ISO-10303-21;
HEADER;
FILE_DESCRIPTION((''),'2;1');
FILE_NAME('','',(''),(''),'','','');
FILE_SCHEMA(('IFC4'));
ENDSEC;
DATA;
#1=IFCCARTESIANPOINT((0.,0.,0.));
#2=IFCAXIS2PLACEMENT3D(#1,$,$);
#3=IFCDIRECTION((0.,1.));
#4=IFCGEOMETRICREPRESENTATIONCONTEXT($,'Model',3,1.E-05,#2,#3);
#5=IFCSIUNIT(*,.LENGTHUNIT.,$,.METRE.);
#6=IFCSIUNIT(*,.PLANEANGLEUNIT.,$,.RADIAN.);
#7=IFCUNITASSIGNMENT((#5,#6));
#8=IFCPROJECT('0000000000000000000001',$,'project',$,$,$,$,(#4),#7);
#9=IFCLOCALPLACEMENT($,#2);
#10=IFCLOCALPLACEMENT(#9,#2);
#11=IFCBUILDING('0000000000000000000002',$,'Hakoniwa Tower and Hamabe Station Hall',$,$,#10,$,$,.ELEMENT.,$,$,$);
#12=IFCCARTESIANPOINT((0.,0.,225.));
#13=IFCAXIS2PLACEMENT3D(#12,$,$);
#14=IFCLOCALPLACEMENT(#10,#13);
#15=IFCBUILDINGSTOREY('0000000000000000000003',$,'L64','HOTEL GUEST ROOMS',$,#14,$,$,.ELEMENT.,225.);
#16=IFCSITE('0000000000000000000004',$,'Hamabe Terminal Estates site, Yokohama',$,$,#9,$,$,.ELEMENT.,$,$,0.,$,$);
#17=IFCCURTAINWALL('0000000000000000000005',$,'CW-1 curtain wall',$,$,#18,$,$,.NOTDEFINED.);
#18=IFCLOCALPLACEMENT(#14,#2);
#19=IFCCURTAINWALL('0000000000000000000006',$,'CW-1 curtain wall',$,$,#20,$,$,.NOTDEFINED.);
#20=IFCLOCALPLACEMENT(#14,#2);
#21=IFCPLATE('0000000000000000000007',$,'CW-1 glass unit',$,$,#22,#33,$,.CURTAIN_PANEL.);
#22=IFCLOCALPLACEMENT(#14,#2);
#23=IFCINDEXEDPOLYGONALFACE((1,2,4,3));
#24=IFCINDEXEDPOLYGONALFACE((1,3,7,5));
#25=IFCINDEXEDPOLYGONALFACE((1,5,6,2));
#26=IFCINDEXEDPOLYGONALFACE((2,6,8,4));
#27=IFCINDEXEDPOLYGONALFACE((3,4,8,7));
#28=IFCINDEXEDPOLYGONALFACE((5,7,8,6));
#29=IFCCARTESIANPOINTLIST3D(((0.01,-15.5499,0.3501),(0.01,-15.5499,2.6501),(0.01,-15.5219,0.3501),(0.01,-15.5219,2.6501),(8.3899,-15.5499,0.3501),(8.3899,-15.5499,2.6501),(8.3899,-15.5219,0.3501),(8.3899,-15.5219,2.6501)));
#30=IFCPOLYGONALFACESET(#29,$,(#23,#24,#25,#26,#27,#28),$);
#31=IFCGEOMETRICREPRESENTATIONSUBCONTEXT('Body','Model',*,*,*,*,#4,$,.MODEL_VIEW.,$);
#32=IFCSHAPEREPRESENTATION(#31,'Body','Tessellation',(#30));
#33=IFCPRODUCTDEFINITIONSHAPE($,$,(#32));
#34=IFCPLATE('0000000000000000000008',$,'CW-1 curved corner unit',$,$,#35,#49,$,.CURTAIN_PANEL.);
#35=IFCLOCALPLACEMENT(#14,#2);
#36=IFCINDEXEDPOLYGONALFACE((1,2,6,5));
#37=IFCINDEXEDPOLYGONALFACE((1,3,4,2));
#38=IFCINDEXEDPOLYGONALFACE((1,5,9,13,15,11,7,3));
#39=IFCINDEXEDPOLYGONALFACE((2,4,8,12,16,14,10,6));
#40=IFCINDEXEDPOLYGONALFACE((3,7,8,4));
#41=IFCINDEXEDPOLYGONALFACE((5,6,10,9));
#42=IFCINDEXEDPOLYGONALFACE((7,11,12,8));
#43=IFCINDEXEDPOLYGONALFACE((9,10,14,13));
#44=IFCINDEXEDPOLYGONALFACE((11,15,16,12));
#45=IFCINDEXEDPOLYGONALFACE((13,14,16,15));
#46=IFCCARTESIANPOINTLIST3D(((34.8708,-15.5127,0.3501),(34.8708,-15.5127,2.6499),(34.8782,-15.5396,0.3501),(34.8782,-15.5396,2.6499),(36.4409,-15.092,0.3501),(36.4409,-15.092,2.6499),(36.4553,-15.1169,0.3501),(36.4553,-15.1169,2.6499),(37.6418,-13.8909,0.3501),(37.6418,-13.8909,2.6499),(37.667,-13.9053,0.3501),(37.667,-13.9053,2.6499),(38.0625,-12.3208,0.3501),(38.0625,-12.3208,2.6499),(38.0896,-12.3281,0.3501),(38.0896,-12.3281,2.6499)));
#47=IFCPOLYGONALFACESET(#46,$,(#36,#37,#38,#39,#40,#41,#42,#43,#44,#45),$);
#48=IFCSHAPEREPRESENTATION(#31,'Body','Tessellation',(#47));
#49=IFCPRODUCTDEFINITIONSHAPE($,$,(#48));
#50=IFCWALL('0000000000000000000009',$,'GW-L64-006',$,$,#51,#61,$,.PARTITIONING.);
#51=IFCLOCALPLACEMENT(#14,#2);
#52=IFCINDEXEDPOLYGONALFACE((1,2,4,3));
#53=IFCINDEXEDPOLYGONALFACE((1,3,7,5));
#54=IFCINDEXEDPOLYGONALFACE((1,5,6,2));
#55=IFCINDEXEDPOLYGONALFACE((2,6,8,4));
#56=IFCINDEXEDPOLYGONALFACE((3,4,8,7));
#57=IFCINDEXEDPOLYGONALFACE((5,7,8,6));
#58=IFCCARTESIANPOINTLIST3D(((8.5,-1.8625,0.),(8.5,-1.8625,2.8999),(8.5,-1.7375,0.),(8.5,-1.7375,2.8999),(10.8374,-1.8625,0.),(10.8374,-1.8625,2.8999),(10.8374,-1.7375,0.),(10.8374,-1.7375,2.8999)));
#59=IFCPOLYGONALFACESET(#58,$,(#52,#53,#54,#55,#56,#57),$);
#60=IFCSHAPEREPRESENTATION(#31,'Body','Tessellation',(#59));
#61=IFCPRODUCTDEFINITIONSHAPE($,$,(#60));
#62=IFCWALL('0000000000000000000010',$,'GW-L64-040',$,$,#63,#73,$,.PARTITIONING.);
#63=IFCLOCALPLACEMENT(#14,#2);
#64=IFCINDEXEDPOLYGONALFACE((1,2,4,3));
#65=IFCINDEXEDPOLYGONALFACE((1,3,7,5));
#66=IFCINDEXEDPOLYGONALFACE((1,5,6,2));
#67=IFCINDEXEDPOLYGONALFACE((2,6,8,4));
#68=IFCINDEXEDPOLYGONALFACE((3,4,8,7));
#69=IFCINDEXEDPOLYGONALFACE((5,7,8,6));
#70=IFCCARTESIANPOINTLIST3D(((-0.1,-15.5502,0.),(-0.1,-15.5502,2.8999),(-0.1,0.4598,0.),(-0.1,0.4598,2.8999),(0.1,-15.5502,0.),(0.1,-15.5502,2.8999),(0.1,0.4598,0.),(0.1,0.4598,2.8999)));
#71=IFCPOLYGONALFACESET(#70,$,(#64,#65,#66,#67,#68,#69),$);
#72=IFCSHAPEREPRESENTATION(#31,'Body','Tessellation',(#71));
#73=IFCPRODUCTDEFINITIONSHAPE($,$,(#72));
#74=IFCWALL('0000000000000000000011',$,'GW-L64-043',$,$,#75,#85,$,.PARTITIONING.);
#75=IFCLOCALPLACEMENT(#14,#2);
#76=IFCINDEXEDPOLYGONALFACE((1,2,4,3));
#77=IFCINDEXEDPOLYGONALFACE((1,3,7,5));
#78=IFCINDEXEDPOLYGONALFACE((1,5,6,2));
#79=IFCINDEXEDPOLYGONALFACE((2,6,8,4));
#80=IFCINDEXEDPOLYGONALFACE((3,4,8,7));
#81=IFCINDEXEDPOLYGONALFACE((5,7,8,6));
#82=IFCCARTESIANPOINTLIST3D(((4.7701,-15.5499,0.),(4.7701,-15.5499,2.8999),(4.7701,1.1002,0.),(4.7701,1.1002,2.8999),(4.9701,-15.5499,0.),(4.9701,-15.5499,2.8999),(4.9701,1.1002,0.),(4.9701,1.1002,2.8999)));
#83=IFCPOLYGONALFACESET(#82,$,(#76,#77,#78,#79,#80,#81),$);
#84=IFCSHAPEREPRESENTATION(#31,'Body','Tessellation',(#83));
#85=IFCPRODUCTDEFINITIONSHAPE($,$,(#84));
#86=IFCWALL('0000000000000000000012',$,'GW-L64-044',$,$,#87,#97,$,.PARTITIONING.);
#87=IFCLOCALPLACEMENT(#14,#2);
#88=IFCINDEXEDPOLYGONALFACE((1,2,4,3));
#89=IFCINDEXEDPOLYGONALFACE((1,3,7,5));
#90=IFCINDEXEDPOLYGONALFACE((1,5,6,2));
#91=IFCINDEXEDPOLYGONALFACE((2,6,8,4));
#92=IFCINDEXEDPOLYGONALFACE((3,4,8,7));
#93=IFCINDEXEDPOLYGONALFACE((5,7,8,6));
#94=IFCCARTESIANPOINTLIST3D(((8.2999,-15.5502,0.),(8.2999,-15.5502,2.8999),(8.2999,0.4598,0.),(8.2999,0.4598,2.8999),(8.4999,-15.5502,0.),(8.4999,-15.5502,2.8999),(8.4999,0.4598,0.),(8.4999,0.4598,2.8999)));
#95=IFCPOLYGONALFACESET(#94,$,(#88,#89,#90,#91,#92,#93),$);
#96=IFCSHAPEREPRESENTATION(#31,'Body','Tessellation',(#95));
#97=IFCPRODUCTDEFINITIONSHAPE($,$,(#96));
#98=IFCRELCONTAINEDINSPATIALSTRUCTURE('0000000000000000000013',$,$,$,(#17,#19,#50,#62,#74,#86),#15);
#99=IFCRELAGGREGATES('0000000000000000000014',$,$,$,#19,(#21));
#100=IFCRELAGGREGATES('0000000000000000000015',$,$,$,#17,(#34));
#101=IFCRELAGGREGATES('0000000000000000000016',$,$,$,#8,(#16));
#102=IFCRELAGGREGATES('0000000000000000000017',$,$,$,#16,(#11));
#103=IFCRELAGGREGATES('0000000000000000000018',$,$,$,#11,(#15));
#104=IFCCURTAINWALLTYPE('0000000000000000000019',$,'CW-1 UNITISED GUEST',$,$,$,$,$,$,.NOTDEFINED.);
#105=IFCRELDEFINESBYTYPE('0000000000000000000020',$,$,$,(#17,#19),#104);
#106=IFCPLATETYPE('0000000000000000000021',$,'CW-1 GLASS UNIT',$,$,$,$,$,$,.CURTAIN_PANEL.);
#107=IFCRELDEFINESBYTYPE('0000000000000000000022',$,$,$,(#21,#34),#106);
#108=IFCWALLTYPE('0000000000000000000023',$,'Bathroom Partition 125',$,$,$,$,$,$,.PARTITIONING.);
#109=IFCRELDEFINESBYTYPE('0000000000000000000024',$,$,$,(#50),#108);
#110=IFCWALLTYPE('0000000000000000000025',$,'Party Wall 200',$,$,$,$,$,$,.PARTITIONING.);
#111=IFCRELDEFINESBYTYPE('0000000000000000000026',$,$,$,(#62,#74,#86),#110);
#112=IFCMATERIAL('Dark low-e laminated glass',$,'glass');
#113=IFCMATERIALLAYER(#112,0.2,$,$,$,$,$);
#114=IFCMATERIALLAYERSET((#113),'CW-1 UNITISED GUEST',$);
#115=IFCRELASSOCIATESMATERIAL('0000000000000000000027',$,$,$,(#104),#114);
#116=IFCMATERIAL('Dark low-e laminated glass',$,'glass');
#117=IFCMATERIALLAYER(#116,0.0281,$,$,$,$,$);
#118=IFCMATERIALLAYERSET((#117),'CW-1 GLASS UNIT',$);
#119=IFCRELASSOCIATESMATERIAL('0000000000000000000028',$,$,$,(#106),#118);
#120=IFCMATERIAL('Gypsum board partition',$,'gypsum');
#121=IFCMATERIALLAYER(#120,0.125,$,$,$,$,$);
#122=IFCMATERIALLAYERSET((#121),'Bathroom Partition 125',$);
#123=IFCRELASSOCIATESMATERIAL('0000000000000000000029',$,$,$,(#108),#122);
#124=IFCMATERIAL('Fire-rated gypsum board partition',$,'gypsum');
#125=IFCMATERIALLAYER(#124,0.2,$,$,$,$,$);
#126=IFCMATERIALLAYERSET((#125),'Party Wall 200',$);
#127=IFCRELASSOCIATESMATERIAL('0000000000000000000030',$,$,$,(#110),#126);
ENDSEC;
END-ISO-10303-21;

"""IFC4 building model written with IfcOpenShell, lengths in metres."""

from ifc_helpers import new_model, si_unit, direction, frame, frame_2d, origin, origin_2d, place, context, subcontext, project, spatial, polyline, rectangle, outline, extrude, material, layer, layer_set, type_object, element, aggregate, save


model = new_model("IFC4")

# Units and contexts
model_context = context("Model", 3, precision=1e-05, world=origin(), true_north=direction((0.0, 1.0)))
body_context = subcontext(model_context, "Body", "Model", "MODEL_VIEW")
ifc_project = project(units=[si_unit("LENGTHUNIT", "METRE"), si_unit("PLANEANGLEUNIT", "RADIAN")], contexts=[model_context])

# Site, building, storey
site_placement = place(None, origin())
site = spatial("IfcSite", under=ifc_project, at=site_placement, Name="Hamabe Terminal Estates site, Yokohama", CompositionType="ELEMENT", RefElevation=0.0)
building_placement = place(site_placement, origin())
building = spatial("IfcBuilding", under=site, at=building_placement, Name="Hakoniwa Tower and Hamabe Station Hall", CompositionType="ELEMENT")
storey_placement = place(building_placement, frame((0.0, 0.0, 225.0)))
storey = spatial("IfcBuildingStorey", under=building, at=storey_placement, Name="L64", Description="HOTEL GUEST ROOMS", CompositionType="ELEMENT", Elevation=225.0)

# Curtain wall
ifc_material_1 = material(Name="Dark low-e laminated glass", Category="glass")
ifc_layer_1 = layer(ifc_material_1, 0.2)
ifc_layer_set_1 = layer_set([ifc_layer_1], Name="CW-1 UNITISED GUEST")
curtain_wall_type = type_object("IfcCurtainWallType", Name="CW-1 UNITISED GUEST", PredefinedType="NOTDEFINED", material=ifc_layer_set_1)
curtain_wall_1_placement = place(storey_placement, origin())
curtain_wall_1 = element("IfcCurtainWall", 1, at=curtain_wall_1_placement, inside=storey, type_object=curtain_wall_type, Name="CW-1 curtain wall", PredefinedType="NOTDEFINED")

# Curtain wall
curtain_wall_2_placement = place(storey_placement, origin())
curtain_wall_2 = element("IfcCurtainWall", 2, at=curtain_wall_2_placement, inside=storey, type_object=curtain_wall_type, Name="CW-1 curtain wall", PredefinedType="NOTDEFINED")

# Plates
ifc_material_2 = material(Name="Dark low-e laminated glass", Category="glass")
ifc_layer_2 = layer(ifc_material_2, 0.0281)
ifc_layer_set_2 = layer_set([ifc_layer_2], Name="CW-1 GLASS UNIT")
plate_type = type_object("IfcPlateType", Name="CW-1 GLASS UNIT", PredefinedType="CURTAIN_PANEL", material=ifc_layer_set_2)
plate_1_placement = place(storey_placement, frame((4.2, -15.5359, 0.3501), z_axis=(0.0, 0.0, 1.0), x_axis=(1.0, 0.0, 0.0)))
plate_1 = element("IfcPlate", 3, at=plate_1_placement, type_object=plate_type, Name="CW-1 glass unit", PredefinedType="CURTAIN_PANEL", context=body_context, shape_type="SweptSolid", body=[
    extrude(rectangle(XDim=8.3799, YDim=0.0281, at=origin_2d()), origin(), (0.0, 0.0, 1.0), 2.3),
])
aggregate(curtain_wall_2, [plate_1])
plate_2_placement = place(storey_placement, frame((0.0, 0.0, 0.3501)))
plate_2 = element("IfcPlate", 4, at=plate_2_placement, type_object=plate_type, Name="CW-1 curved corner unit", PredefinedType="CURTAIN_PANEL", context=body_context, shape_type="SweptSolid", body=[
    extrude(outline(polyline([(34.8782, -15.5396), (36.4553, -15.1169), (37.667, -13.9053), (38.0896, -12.3281), (38.0625, -12.3208), (37.6418, -13.8909), (36.4409, -15.092), (34.8708, -15.5127), (34.8782, -15.5396)])), origin(), (0.0, 0.0, 1.0), 2.2998),
])
aggregate(curtain_wall_1, [plate_2])

# Walls
ifc_material_3 = material(Name="Gypsum board partition", Category="gypsum")
ifc_layer_3 = layer(ifc_material_3, 0.125)
ifc_layer_set_3 = layer_set([ifc_layer_3], Name="Bathroom Partition 125")
wall_type_1 = type_object("IfcWallType", Name="Bathroom Partition 125", PredefinedType="PARTITIONING", material=ifc_layer_set_3)
wall_1_placement = place(storey_placement, frame((8.5, -1.8, 0.0), z_axis=(0.0, 0.0, 1.0), x_axis=(1.0, 0.0, 0.0)))
element("IfcWall", 5, at=wall_1_placement, inside=storey, type_object=wall_type_1, Name="GW-L64-006", PredefinedType="PARTITIONING", context=body_context, shape_type="SweptSolid", body=[
    extrude(rectangle(XDim=2.3374, YDim=0.125, at=frame_2d((1.1687, 0.0))), origin(), (0.0, 0.0, 1.0), 2.8999),
])
ifc_material_4 = material(Name="Fire-rated gypsum board partition", Category="gypsum")
ifc_layer_4 = layer(ifc_material_4, 0.2)
ifc_layer_set_4 = layer_set([ifc_layer_4], Name="Party Wall 200")
wall_type_2 = type_object("IfcWallType", Name="Party Wall 200", PredefinedType="PARTITIONING", material=ifc_layer_set_4)
wall_2_placement = place(storey_placement, frame((0.0, -15.55, 0.0), z_axis=(0.0, 0.0, 1.0), x_axis=(0.0, 1.0, 0.0)))
element("IfcWall", 6, at=wall_2_placement, inside=storey, type_object=wall_type_2, Name="GW-L64-040", PredefinedType="PARTITIONING", context=body_context, shape_type="SweptSolid", body=[
    extrude(rectangle(XDim=16.01, YDim=0.2, at=frame_2d((8.0049, 0.0))), origin(), (0.0, 0.0, 1.0), 2.8999),
])
wall_3_placement = place(storey_placement, frame((4.8701, -15.55, 0.0), z_axis=(0.0, 0.0, 1.0), x_axis=(0.0, 1.0, 0.0)))
element("IfcWall", 7, at=wall_3_placement, inside=storey, type_object=wall_type_2, Name="GW-L64-043", PredefinedType="PARTITIONING", context=body_context, shape_type="SweptSolid", body=[
    extrude(rectangle(XDim=16.6501, YDim=0.2, at=frame_2d((8.3252, 0.0))), origin(), (0.0, 0.0, 1.0), 2.8999),
])
wall_4_placement = place(storey_placement, frame((8.3999, -15.55, 0.0), z_axis=(0.0, 0.0, 1.0), x_axis=(0.0, 1.0, 0.0)))
element("IfcWall", 8, at=wall_4_placement, inside=storey, type_object=wall_type_2, Name="GW-L64-044", PredefinedType="PARTITIONING", context=body_context, shape_type="SweptSolid", body=[
    extrude(rectangle(XDim=16.01, YDim=0.2, at=frame_2d((8.0049, 0.0))), origin(), (0.0, 0.0, 1.0), 2.8999),
])

save(model, "model.ifc")
